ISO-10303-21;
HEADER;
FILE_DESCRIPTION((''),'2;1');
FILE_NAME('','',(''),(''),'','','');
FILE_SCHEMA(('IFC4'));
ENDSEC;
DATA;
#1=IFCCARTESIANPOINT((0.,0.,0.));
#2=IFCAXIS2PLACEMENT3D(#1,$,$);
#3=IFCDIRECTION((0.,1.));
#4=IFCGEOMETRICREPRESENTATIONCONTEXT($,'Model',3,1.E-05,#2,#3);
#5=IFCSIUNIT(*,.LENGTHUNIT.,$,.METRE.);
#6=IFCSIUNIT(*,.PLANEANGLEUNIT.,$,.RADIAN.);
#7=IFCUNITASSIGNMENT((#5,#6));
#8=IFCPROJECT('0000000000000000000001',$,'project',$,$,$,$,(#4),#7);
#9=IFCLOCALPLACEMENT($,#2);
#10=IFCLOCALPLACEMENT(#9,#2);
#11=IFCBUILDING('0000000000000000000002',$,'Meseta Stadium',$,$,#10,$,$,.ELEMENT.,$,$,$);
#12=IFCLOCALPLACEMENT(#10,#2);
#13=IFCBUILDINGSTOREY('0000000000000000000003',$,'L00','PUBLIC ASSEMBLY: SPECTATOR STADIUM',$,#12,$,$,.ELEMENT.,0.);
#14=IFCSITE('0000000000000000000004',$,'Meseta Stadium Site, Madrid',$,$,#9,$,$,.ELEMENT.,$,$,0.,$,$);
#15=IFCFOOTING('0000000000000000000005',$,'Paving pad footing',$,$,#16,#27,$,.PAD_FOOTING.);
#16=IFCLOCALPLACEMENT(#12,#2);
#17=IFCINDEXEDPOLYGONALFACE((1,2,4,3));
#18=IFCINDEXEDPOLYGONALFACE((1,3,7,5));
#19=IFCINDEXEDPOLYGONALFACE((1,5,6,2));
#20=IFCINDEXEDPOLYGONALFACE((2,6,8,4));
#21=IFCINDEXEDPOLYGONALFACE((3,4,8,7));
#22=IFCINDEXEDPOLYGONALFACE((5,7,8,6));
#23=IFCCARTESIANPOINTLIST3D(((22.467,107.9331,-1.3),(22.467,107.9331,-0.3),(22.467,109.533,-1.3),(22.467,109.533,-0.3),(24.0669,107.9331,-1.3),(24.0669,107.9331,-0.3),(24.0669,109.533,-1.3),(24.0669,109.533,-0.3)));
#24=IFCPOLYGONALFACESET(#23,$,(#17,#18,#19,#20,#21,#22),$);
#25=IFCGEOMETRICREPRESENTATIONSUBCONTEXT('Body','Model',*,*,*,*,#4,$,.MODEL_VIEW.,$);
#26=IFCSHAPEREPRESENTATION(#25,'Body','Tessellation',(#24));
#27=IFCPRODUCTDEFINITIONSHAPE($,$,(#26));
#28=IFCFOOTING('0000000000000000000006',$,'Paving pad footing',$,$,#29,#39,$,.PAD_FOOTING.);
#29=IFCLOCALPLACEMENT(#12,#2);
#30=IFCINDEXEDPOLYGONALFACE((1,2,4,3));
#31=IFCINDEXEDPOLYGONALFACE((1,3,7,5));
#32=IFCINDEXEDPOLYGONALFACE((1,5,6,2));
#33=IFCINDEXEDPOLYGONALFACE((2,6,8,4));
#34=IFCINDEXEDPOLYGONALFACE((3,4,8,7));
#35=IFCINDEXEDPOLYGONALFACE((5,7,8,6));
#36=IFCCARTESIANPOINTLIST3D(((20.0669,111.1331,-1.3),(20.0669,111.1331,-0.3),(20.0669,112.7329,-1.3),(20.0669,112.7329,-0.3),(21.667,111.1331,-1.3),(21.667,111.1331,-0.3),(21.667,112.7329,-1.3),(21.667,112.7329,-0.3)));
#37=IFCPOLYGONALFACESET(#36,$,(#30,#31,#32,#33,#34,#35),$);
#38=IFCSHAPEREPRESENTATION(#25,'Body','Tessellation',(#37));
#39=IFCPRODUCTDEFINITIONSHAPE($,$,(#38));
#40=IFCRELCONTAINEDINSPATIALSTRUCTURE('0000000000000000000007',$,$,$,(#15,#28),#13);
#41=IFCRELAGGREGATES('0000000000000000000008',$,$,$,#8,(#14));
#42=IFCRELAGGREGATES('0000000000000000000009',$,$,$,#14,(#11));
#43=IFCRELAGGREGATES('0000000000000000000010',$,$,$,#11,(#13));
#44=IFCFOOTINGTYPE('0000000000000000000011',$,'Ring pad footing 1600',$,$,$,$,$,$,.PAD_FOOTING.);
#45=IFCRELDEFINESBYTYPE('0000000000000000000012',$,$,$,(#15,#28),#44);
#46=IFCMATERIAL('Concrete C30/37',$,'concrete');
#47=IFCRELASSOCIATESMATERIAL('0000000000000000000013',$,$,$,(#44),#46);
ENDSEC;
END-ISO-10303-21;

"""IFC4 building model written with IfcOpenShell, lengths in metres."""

from ifc_helpers import new_model, si_unit, direction, frame, origin, place, context, subcontext, project, spatial, polyline, outline, extrude, material, type_object, element, save


model = new_model("IFC4")

# Units and contexts
model_context = context("Model", 3, precision=1e-05, world=origin(), true_north=direction((0.0, 1.0)))
body_context = subcontext(model_context, "Body", "Model", "MODEL_VIEW")
ifc_project = project(units=[si_unit("LENGTHUNIT", "METRE"), si_unit("PLANEANGLEUNIT", "RADIAN")], contexts=[model_context])

# Site, building, storey
site_placement = place(None, origin())
site = spatial("IfcSite", under=ifc_project, at=site_placement, Name="Meseta Stadium Site, Madrid", CompositionType="ELEMENT", RefElevation=0.0)
building_placement = place(site_placement, origin())
building = spatial("IfcBuilding", under=site, at=building_placement, Name="Meseta Stadium", CompositionType="ELEMENT")
storey_placement = place(building_placement, origin())
storey = spatial("IfcBuildingStorey", under=building, at=storey_placement, Name="L00", Description="PUBLIC ASSEMBLY: SPECTATOR STADIUM", CompositionType="ELEMENT", Elevation=0.0)

# Footings
ifc_material_1 = material(Name="Concrete C30/37", Category="concrete")
footing_type_1 = type_object("IfcFootingType", Name="Ring pad footing 1600", PredefinedType="PAD_FOOTING", material=ifc_material_1)
footing_1_placement = place(storey_placement, frame((0.0, 0.0, -1.3)))
element("IfcFooting", 1, at=footing_1_placement, inside=storey, type_object=footing_type_1, Name="Paving pad footing", PredefinedType="PAD_FOOTING", context=body_context, shape_type="SweptSolid", body=[
    extrude(outline(polyline([(24.0669, 107.9331), (24.0669, 109.533), (22.467, 109.533), (22.467, 107.9331), (24.0669, 107.9331)])), origin(), (0.0, 0.0, 1.0), 1.0),
])
footing_2_placement = place(storey_placement, frame((0.0, 0.0, -1.3)))
element("IfcFooting", 2, at=footing_2_placement, inside=storey, type_object=footing_type_1, Name="Paving pad footing", PredefinedType="PAD_FOOTING", context=body_context, shape_type="SweptSolid", body=[
    extrude(outline(polyline([(21.667, 111.1331), (21.667, 112.7329), (20.0669, 112.7329), (20.0669, 111.1331), (21.667, 111.1331)])), origin(), (0.0, 0.0, 1.0), 1.0),
])

save(model, "model.ifc")
